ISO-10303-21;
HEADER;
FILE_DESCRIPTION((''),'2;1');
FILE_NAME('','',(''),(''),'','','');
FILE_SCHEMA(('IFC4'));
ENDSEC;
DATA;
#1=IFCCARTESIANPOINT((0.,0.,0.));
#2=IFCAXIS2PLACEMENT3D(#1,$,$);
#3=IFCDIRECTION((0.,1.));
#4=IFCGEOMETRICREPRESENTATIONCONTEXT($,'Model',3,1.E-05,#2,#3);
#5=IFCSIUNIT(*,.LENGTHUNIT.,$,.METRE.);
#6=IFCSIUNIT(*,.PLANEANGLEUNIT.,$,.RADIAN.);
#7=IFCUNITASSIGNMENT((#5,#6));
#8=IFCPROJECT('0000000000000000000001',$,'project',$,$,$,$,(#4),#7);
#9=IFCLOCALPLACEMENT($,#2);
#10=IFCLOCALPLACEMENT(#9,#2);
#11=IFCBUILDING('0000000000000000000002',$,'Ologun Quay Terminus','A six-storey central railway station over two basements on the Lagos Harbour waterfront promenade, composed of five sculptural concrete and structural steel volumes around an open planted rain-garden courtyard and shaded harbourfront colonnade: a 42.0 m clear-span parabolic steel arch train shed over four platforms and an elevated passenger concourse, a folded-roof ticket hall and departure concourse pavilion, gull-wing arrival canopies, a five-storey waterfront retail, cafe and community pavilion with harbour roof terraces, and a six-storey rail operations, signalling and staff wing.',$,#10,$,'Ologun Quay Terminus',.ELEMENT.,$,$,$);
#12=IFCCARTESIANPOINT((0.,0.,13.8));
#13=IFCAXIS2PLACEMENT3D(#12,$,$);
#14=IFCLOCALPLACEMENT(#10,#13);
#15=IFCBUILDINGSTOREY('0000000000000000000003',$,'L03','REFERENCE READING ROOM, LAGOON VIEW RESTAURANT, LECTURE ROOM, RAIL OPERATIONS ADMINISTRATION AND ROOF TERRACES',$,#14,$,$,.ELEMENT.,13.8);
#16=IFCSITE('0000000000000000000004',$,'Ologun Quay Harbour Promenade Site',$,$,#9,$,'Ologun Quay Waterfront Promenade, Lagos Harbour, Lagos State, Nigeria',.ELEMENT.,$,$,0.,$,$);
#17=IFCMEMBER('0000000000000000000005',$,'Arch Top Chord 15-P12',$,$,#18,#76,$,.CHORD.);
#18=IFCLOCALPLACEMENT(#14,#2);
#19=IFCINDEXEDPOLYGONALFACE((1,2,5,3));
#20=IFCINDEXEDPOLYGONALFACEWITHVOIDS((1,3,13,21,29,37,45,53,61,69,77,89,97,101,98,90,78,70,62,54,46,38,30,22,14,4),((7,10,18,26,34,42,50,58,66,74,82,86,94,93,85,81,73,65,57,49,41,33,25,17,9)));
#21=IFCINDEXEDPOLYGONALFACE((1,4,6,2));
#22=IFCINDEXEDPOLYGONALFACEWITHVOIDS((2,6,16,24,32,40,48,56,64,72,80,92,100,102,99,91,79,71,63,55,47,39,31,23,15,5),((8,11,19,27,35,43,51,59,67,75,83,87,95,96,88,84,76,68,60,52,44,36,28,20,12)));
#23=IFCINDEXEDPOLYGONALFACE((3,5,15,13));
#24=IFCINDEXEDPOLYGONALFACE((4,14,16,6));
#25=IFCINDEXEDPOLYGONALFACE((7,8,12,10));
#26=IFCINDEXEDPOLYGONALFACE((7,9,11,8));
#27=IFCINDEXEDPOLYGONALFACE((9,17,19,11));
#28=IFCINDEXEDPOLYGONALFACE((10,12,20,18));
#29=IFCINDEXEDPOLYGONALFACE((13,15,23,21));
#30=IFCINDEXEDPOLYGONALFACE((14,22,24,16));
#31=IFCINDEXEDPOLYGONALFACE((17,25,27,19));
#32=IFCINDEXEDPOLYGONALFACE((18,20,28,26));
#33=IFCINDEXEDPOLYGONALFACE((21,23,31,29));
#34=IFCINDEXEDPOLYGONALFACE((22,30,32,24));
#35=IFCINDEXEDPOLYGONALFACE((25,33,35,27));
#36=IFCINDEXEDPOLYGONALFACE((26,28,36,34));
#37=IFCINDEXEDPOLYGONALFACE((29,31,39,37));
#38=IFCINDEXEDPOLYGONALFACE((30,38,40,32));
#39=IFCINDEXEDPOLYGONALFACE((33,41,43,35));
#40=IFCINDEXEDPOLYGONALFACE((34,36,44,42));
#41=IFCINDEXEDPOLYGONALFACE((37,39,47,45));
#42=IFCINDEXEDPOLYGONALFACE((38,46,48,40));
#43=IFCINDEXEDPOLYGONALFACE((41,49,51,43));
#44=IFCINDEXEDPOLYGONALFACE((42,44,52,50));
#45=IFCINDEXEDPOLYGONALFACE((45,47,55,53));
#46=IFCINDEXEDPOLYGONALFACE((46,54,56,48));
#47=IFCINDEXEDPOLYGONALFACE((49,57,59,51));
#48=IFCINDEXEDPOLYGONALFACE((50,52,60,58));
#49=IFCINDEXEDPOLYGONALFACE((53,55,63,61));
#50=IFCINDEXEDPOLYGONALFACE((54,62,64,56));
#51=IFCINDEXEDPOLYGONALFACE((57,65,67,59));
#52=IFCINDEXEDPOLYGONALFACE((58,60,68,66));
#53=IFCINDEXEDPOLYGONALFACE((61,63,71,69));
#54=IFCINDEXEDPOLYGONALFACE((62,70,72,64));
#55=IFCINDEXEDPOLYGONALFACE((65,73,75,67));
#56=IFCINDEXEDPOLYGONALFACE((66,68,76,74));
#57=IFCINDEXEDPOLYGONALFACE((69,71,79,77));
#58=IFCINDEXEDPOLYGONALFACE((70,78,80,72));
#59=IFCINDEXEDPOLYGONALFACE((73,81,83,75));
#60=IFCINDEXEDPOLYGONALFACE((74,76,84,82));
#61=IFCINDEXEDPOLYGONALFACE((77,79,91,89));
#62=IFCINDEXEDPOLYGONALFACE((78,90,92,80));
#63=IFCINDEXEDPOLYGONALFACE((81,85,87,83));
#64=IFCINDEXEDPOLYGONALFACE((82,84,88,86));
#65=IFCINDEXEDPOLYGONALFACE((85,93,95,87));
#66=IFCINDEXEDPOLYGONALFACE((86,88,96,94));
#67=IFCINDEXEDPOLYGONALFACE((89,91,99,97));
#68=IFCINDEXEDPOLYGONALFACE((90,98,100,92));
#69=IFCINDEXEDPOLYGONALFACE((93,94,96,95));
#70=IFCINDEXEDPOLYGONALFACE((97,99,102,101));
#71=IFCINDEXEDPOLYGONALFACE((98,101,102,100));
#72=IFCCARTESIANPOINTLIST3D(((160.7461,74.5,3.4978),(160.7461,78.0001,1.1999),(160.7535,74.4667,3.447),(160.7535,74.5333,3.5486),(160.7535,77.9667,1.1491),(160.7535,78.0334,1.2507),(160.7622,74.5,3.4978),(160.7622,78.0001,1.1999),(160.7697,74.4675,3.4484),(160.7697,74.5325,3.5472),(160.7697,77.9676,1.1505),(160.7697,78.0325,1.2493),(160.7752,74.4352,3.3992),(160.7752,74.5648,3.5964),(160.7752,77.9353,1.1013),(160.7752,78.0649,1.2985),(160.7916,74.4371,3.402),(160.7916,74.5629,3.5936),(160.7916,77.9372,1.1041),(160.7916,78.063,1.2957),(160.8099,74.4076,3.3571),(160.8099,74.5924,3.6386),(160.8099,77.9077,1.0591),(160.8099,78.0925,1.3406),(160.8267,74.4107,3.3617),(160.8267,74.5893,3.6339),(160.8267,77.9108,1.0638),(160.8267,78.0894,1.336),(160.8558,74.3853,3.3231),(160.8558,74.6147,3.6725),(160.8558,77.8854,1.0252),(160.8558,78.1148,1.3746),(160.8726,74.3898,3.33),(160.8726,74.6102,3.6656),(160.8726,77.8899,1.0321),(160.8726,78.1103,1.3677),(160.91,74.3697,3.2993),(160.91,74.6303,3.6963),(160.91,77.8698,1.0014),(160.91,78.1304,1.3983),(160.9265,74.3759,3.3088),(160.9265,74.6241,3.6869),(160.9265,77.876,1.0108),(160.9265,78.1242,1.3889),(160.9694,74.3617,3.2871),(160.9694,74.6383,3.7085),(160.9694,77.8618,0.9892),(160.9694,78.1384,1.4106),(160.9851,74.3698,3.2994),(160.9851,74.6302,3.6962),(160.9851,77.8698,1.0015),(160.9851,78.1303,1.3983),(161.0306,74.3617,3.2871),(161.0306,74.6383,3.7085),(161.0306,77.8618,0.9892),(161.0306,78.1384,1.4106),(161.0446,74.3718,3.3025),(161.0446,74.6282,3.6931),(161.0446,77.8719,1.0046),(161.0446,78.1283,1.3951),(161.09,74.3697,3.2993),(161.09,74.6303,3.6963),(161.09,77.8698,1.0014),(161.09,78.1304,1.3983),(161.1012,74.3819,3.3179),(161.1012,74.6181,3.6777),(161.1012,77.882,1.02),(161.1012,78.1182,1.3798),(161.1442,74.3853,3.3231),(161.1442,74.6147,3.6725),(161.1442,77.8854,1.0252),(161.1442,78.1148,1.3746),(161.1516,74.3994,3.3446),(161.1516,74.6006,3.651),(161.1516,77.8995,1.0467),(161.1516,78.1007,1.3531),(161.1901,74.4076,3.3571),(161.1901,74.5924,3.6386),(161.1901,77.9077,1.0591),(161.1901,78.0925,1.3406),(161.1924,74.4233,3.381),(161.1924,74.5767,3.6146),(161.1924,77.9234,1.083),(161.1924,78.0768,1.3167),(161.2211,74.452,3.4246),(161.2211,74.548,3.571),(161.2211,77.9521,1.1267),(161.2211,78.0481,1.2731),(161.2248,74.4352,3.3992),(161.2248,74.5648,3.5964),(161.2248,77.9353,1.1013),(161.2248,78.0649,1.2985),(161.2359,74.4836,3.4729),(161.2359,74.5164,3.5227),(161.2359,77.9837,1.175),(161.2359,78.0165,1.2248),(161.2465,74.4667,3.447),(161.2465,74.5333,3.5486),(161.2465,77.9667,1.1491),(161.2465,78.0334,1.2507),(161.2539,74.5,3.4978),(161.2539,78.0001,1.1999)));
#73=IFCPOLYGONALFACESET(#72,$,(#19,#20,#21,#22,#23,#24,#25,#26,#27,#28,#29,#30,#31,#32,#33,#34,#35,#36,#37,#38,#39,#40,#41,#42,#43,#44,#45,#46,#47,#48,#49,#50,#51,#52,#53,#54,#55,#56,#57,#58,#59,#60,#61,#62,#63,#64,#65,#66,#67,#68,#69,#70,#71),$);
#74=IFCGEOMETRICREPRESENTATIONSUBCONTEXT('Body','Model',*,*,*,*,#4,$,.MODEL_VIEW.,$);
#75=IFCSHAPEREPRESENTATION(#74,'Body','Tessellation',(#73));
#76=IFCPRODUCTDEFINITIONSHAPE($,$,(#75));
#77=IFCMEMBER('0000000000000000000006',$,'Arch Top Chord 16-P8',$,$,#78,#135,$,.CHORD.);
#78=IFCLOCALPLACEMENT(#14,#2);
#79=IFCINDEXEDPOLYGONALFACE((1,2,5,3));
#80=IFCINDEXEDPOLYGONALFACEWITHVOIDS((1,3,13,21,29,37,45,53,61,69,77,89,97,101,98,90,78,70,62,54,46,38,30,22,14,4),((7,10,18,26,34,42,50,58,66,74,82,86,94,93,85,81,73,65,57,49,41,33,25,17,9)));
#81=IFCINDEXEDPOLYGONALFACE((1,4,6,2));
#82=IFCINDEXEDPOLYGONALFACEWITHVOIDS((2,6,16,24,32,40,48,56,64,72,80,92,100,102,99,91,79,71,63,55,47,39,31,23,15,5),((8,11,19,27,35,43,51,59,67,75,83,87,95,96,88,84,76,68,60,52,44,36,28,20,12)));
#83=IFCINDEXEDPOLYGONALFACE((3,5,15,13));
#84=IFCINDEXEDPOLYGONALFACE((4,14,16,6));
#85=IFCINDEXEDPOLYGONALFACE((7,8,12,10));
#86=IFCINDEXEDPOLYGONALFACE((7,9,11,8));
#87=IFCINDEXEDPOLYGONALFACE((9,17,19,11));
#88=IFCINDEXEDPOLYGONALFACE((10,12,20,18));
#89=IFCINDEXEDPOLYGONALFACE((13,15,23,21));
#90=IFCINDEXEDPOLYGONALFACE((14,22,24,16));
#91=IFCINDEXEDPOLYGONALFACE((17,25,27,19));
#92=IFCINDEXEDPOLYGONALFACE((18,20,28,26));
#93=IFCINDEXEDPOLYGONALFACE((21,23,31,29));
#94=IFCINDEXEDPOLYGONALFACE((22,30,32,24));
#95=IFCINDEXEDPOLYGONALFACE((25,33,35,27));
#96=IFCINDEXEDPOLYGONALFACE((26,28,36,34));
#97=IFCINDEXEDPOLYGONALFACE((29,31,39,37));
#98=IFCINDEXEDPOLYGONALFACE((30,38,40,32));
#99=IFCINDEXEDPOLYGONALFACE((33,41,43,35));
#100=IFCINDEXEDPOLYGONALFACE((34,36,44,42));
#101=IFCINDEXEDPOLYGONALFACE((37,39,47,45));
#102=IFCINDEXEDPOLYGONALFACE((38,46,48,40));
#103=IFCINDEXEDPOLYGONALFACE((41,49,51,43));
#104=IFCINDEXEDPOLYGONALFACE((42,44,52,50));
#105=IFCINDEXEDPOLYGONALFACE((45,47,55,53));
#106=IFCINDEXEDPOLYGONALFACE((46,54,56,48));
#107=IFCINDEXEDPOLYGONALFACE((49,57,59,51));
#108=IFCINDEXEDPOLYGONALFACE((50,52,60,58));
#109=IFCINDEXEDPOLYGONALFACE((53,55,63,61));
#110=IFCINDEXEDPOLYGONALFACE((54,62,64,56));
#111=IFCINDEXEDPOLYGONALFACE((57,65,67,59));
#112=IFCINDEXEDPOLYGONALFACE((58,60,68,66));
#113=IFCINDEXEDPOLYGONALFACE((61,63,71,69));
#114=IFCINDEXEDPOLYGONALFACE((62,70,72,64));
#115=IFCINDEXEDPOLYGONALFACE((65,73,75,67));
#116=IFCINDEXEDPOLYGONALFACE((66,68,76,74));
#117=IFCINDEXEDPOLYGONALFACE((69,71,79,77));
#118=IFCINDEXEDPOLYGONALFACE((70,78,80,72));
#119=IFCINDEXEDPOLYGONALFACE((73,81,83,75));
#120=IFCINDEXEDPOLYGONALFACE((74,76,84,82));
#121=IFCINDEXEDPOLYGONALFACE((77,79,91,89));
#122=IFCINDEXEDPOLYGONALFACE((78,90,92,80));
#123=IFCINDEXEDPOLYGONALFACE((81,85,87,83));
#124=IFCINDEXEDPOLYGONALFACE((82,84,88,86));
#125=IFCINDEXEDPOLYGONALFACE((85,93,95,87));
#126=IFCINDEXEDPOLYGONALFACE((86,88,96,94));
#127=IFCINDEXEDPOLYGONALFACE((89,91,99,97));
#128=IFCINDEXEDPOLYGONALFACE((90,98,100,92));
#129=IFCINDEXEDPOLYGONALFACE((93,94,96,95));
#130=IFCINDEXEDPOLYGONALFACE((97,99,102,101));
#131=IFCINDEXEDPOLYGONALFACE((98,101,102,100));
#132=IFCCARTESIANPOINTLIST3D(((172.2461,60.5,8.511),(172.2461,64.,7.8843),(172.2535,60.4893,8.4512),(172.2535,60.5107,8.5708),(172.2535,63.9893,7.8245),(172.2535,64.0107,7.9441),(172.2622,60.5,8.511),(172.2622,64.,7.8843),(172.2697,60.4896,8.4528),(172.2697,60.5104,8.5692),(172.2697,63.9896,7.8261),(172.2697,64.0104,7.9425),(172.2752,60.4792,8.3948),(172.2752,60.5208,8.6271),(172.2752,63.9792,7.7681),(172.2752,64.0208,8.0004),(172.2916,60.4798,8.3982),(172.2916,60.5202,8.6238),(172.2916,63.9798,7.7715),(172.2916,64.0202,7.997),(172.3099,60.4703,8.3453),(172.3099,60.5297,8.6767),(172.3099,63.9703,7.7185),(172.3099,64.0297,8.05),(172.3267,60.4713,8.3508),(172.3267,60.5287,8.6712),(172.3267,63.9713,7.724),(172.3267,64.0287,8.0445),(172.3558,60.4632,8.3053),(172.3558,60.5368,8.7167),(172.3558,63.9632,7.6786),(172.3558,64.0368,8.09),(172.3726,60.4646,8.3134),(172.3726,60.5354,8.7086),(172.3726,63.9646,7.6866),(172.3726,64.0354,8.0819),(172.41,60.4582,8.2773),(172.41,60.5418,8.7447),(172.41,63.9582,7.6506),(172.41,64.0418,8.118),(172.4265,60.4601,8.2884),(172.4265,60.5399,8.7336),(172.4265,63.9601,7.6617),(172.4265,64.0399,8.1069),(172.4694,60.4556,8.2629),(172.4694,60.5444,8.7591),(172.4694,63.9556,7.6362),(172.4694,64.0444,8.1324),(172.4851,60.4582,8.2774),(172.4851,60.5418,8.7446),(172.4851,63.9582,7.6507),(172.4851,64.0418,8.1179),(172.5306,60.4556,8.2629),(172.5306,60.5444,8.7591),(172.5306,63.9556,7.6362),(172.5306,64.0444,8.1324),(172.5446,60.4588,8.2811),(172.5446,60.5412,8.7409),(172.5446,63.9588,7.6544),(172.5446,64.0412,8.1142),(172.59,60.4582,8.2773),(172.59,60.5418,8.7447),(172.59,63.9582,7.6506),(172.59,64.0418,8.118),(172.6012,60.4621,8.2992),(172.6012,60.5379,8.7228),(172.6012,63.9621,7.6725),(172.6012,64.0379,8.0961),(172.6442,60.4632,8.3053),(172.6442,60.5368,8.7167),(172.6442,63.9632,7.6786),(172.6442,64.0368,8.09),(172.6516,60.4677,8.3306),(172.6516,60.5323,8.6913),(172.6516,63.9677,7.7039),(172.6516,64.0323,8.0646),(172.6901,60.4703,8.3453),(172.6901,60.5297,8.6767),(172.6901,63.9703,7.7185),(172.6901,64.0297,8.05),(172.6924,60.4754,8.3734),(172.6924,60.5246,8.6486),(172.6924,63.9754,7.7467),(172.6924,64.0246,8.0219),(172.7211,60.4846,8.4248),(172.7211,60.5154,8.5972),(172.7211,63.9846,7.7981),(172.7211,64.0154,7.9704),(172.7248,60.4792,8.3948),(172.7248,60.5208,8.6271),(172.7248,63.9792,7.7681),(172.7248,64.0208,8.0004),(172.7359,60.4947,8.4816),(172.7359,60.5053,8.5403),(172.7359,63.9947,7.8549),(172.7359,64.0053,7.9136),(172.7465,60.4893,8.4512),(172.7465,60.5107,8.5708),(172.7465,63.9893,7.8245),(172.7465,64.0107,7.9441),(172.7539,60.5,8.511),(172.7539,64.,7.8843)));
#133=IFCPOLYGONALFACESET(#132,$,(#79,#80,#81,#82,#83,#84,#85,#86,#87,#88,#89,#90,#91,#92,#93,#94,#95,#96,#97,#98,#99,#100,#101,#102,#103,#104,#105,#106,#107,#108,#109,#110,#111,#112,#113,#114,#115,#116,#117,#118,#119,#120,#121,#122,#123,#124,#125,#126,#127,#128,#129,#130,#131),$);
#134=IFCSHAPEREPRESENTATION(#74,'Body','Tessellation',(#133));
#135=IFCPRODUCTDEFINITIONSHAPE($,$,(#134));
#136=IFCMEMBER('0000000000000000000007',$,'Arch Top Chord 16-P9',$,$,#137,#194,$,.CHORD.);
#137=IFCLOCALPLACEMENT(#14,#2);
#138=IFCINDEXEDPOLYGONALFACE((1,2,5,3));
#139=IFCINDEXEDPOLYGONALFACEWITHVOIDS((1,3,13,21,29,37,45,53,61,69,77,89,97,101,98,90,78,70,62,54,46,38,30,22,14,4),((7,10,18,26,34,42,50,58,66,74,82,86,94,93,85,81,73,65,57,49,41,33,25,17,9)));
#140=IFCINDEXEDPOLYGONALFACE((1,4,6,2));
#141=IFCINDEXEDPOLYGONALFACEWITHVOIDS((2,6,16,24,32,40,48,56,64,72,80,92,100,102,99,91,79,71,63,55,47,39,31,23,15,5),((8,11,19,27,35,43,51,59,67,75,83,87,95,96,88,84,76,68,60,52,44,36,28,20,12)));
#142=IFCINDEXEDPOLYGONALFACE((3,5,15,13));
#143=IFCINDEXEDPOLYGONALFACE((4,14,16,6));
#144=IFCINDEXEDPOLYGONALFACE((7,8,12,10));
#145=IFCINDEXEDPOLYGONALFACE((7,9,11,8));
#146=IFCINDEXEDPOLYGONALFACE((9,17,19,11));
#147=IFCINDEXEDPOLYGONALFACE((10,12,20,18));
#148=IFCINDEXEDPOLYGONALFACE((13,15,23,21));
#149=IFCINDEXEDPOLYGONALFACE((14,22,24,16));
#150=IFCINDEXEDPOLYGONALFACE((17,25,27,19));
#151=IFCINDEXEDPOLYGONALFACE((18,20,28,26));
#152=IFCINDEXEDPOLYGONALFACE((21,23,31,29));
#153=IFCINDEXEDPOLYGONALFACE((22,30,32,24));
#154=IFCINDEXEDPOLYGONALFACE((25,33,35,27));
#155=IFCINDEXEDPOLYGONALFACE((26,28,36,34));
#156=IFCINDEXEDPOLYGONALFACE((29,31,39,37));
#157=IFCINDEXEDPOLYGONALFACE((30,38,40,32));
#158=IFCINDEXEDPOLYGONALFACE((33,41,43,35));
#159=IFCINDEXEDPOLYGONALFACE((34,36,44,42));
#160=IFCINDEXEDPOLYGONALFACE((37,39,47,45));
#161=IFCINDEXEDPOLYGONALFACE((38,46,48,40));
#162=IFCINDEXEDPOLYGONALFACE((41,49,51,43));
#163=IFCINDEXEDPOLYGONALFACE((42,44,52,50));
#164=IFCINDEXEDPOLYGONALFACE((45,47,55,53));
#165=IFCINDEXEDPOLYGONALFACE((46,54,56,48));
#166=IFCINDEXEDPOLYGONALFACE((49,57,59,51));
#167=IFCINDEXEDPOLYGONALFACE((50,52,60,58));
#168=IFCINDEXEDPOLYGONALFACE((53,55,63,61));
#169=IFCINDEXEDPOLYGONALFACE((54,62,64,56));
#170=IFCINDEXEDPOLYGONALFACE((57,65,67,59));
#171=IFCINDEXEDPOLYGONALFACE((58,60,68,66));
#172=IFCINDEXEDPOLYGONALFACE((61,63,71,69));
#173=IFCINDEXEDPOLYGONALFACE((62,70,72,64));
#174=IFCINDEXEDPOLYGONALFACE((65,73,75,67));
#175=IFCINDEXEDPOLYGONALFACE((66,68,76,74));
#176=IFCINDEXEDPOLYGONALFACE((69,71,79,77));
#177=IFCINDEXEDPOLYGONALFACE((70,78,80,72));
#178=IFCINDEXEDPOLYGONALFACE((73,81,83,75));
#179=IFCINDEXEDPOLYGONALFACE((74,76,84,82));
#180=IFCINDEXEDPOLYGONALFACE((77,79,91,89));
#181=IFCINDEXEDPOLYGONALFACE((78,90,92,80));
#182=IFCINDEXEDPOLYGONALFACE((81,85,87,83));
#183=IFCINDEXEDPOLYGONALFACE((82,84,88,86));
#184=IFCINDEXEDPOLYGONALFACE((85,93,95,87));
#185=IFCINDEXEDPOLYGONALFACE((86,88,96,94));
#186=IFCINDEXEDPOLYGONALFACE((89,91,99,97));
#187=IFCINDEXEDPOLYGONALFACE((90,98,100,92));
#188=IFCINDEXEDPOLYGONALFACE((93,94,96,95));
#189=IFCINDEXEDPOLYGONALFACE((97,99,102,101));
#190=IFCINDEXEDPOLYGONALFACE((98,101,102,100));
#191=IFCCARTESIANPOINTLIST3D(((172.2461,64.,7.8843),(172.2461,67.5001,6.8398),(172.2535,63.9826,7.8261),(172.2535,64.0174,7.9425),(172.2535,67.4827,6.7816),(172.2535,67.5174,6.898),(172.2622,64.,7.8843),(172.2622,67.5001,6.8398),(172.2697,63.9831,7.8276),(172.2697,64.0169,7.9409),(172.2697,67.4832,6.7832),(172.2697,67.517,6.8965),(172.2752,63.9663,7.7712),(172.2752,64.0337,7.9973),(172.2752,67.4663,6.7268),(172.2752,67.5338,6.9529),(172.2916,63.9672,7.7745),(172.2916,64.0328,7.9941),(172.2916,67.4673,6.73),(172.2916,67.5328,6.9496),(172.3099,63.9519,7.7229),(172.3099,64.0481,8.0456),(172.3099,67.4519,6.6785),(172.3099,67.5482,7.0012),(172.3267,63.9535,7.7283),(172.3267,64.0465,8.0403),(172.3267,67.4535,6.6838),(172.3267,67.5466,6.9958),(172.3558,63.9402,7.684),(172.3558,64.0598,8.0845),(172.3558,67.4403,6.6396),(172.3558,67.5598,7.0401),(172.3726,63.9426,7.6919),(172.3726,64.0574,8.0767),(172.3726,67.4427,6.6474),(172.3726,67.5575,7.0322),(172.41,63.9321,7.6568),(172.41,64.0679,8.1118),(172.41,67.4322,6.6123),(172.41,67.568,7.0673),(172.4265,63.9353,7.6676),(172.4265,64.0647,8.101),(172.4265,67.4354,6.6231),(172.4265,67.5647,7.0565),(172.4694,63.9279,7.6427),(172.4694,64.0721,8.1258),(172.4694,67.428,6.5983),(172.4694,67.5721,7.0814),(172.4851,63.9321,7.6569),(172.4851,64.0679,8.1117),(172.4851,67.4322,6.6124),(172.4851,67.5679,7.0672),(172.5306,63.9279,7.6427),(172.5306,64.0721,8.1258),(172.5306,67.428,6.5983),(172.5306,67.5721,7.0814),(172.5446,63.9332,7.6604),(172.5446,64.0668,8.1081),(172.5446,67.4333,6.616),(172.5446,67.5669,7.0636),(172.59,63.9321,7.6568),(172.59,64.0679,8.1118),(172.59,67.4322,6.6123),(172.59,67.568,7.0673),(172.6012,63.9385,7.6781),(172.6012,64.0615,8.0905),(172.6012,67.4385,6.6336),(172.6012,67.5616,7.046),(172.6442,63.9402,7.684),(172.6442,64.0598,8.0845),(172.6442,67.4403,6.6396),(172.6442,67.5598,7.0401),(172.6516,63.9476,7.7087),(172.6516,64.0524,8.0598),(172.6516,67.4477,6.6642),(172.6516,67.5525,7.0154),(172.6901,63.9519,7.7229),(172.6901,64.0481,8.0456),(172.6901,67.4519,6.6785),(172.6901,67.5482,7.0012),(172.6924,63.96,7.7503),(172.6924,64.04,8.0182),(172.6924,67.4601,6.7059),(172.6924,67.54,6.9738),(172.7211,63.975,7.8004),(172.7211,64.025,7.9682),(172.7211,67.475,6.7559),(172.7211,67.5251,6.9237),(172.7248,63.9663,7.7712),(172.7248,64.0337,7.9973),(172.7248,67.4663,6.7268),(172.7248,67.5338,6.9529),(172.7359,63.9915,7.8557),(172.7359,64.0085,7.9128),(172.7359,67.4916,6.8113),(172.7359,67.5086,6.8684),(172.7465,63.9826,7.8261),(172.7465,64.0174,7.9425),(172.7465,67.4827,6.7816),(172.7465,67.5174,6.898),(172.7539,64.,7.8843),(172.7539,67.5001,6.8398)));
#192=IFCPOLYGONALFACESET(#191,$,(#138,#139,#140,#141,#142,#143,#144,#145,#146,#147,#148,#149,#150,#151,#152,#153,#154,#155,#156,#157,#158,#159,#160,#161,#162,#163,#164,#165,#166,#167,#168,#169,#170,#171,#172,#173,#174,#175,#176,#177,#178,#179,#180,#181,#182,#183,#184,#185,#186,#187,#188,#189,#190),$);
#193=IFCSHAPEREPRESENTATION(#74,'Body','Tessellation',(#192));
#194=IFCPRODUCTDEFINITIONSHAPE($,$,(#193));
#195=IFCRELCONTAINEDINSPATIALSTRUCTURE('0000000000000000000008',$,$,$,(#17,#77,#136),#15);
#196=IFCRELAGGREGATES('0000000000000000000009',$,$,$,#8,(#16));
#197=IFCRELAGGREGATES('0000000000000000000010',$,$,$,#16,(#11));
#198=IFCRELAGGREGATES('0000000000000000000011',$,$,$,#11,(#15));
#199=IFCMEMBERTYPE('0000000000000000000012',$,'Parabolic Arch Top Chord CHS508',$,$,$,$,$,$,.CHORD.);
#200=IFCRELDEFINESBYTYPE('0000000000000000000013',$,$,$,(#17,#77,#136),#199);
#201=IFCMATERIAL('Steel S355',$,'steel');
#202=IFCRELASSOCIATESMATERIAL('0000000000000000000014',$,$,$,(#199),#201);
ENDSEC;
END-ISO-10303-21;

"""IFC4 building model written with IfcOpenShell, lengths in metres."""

from ifc_helpers import new_model, si_unit, direction, frame, origin, origin_2d, place, context, subcontext, project, spatial, hollow_circle, extrude, material, material_profile, profile_set, type_object, element, save


model = new_model("IFC4")

# Units and contexts
model_context = context("Model", 3, precision=1e-05, world=origin(), true_north=direction((0.0, 1.0)))
body_context = subcontext(model_context, "Body", "Model", "MODEL_VIEW")
ifc_project = project(units=[si_unit("LENGTHUNIT", "METRE"), si_unit("PLANEANGLEUNIT", "RADIAN")], contexts=[model_context])

# Site, building, storey
site_placement = place(None, origin())
site = spatial("IfcSite", under=ifc_project, at=site_placement, Name="Ologun Quay Harbour Promenade Site", LongName="Ologun Quay Waterfront Promenade, Lagos Harbour, Lagos State, Nigeria", CompositionType="ELEMENT", RefElevation=0.0)
building_placement = place(site_placement, origin())
building = spatial("IfcBuilding", under=site, at=building_placement, Name="Ologun Quay Terminus", Description="A six-storey central railway station over two basements on the Lagos Harbour waterfront promenade, composed of five sculptural concrete and structural steel volumes around an open planted rain-garden courtyard and shaded harbourfront colonnade: a 42.0 m clear-span parabolic steel arch train shed over four platforms and an elevated passenger concourse, a folded-roof ticket hall and departure concourse pavilion, gull-wing arrival canopies, a five-storey waterfront retail, cafe and community pavilion with harbour roof terraces, and a six-storey rail operations, signalling and staff wing.", LongName="Ologun Quay Terminus", CompositionType="ELEMENT")
storey_placement = place(building_placement, frame((0.0, 0.0, 13.8)))
storey = spatial("IfcBuildingStorey", under=building, at=storey_placement, Name="L03", Description="REFERENCE READING ROOM, LAGOON VIEW RESTAURANT, LECTURE ROOM, RAIL OPERATIONS ADMINISTRATION AND ROOF TERRACES", CompositionType="ELEMENT", Elevation=13.8)

# Members
ifc_material_1 = material(Name="Steel S355", Category="steel")
ifc_material_profile_1 = material_profile(ifc_material_1, hollow_circle(Radius=0.2539, WallThickness=0.0161, at=origin_2d()), Name="CHS 508x16")
ifc_profile_set_1 = profile_set([ifc_material_profile_1], Name="Steel S355")
member_type_1 = type_object("IfcMemberType", Name="Parabolic Arch Top Chord CHS508", PredefinedType="CHORD", material=ifc_profile_set_1)
member_1_placement = place(storey_placement, frame((161.0, 74.5, 3.4978), z_axis=(0.0, 0.835941, -0.548819), x_axis=(-1.0, 0.0, 0.0)))
element("IfcMember", 1, at=member_1_placement, inside=storey, type_object=member_type_1, Name="Arch Top Chord 15-P12", PredefinedType="CHORD", context=body_context, shape_type="SweptSolid", body=[
    extrude(hollow_circle(Radius=0.2539, WallThickness=0.0161, at=origin_2d()), origin(), (0.0, 0.0, 1.0), 4.187),
])
member_2_placement = place(storey_placement, frame((172.5, 60.5, 8.511), z_axis=(0.0, 0.984344, -0.176256), x_axis=(-1.0, 0.0, 0.0)))
element("IfcMember", 2, at=member_2_placement, inside=storey, type_object=member_type_1, Name="Arch Top Chord 16-P8", PredefinedType="CHORD", context=body_context, shape_type="SweptSolid", body=[
    extrude(hollow_circle(Radius=0.2539, WallThickness=0.0161, at=origin_2d()), origin(), (0.0, 0.0, 1.0), 3.5557),
])
member_3_placement = place(storey_placement, frame((172.5, 64.0, 7.8843), z_axis=(0.0, 0.958245, -0.285949), x_axis=(-1.0, 0.0, 0.0)))
element("IfcMember", 3, at=member_3_placement, inside=storey, type_object=member_type_1, Name="Arch Top Chord 16-P9", PredefinedType="CHORD", context=body_context, shape_type="SweptSolid", body=[
    extrude(hollow_circle(Radius=0.2539, WallThickness=0.0161, at=origin_2d()), origin(), (0.0, 0.0, 1.0), 3.6526),
])

save(model, "model.ifc")
